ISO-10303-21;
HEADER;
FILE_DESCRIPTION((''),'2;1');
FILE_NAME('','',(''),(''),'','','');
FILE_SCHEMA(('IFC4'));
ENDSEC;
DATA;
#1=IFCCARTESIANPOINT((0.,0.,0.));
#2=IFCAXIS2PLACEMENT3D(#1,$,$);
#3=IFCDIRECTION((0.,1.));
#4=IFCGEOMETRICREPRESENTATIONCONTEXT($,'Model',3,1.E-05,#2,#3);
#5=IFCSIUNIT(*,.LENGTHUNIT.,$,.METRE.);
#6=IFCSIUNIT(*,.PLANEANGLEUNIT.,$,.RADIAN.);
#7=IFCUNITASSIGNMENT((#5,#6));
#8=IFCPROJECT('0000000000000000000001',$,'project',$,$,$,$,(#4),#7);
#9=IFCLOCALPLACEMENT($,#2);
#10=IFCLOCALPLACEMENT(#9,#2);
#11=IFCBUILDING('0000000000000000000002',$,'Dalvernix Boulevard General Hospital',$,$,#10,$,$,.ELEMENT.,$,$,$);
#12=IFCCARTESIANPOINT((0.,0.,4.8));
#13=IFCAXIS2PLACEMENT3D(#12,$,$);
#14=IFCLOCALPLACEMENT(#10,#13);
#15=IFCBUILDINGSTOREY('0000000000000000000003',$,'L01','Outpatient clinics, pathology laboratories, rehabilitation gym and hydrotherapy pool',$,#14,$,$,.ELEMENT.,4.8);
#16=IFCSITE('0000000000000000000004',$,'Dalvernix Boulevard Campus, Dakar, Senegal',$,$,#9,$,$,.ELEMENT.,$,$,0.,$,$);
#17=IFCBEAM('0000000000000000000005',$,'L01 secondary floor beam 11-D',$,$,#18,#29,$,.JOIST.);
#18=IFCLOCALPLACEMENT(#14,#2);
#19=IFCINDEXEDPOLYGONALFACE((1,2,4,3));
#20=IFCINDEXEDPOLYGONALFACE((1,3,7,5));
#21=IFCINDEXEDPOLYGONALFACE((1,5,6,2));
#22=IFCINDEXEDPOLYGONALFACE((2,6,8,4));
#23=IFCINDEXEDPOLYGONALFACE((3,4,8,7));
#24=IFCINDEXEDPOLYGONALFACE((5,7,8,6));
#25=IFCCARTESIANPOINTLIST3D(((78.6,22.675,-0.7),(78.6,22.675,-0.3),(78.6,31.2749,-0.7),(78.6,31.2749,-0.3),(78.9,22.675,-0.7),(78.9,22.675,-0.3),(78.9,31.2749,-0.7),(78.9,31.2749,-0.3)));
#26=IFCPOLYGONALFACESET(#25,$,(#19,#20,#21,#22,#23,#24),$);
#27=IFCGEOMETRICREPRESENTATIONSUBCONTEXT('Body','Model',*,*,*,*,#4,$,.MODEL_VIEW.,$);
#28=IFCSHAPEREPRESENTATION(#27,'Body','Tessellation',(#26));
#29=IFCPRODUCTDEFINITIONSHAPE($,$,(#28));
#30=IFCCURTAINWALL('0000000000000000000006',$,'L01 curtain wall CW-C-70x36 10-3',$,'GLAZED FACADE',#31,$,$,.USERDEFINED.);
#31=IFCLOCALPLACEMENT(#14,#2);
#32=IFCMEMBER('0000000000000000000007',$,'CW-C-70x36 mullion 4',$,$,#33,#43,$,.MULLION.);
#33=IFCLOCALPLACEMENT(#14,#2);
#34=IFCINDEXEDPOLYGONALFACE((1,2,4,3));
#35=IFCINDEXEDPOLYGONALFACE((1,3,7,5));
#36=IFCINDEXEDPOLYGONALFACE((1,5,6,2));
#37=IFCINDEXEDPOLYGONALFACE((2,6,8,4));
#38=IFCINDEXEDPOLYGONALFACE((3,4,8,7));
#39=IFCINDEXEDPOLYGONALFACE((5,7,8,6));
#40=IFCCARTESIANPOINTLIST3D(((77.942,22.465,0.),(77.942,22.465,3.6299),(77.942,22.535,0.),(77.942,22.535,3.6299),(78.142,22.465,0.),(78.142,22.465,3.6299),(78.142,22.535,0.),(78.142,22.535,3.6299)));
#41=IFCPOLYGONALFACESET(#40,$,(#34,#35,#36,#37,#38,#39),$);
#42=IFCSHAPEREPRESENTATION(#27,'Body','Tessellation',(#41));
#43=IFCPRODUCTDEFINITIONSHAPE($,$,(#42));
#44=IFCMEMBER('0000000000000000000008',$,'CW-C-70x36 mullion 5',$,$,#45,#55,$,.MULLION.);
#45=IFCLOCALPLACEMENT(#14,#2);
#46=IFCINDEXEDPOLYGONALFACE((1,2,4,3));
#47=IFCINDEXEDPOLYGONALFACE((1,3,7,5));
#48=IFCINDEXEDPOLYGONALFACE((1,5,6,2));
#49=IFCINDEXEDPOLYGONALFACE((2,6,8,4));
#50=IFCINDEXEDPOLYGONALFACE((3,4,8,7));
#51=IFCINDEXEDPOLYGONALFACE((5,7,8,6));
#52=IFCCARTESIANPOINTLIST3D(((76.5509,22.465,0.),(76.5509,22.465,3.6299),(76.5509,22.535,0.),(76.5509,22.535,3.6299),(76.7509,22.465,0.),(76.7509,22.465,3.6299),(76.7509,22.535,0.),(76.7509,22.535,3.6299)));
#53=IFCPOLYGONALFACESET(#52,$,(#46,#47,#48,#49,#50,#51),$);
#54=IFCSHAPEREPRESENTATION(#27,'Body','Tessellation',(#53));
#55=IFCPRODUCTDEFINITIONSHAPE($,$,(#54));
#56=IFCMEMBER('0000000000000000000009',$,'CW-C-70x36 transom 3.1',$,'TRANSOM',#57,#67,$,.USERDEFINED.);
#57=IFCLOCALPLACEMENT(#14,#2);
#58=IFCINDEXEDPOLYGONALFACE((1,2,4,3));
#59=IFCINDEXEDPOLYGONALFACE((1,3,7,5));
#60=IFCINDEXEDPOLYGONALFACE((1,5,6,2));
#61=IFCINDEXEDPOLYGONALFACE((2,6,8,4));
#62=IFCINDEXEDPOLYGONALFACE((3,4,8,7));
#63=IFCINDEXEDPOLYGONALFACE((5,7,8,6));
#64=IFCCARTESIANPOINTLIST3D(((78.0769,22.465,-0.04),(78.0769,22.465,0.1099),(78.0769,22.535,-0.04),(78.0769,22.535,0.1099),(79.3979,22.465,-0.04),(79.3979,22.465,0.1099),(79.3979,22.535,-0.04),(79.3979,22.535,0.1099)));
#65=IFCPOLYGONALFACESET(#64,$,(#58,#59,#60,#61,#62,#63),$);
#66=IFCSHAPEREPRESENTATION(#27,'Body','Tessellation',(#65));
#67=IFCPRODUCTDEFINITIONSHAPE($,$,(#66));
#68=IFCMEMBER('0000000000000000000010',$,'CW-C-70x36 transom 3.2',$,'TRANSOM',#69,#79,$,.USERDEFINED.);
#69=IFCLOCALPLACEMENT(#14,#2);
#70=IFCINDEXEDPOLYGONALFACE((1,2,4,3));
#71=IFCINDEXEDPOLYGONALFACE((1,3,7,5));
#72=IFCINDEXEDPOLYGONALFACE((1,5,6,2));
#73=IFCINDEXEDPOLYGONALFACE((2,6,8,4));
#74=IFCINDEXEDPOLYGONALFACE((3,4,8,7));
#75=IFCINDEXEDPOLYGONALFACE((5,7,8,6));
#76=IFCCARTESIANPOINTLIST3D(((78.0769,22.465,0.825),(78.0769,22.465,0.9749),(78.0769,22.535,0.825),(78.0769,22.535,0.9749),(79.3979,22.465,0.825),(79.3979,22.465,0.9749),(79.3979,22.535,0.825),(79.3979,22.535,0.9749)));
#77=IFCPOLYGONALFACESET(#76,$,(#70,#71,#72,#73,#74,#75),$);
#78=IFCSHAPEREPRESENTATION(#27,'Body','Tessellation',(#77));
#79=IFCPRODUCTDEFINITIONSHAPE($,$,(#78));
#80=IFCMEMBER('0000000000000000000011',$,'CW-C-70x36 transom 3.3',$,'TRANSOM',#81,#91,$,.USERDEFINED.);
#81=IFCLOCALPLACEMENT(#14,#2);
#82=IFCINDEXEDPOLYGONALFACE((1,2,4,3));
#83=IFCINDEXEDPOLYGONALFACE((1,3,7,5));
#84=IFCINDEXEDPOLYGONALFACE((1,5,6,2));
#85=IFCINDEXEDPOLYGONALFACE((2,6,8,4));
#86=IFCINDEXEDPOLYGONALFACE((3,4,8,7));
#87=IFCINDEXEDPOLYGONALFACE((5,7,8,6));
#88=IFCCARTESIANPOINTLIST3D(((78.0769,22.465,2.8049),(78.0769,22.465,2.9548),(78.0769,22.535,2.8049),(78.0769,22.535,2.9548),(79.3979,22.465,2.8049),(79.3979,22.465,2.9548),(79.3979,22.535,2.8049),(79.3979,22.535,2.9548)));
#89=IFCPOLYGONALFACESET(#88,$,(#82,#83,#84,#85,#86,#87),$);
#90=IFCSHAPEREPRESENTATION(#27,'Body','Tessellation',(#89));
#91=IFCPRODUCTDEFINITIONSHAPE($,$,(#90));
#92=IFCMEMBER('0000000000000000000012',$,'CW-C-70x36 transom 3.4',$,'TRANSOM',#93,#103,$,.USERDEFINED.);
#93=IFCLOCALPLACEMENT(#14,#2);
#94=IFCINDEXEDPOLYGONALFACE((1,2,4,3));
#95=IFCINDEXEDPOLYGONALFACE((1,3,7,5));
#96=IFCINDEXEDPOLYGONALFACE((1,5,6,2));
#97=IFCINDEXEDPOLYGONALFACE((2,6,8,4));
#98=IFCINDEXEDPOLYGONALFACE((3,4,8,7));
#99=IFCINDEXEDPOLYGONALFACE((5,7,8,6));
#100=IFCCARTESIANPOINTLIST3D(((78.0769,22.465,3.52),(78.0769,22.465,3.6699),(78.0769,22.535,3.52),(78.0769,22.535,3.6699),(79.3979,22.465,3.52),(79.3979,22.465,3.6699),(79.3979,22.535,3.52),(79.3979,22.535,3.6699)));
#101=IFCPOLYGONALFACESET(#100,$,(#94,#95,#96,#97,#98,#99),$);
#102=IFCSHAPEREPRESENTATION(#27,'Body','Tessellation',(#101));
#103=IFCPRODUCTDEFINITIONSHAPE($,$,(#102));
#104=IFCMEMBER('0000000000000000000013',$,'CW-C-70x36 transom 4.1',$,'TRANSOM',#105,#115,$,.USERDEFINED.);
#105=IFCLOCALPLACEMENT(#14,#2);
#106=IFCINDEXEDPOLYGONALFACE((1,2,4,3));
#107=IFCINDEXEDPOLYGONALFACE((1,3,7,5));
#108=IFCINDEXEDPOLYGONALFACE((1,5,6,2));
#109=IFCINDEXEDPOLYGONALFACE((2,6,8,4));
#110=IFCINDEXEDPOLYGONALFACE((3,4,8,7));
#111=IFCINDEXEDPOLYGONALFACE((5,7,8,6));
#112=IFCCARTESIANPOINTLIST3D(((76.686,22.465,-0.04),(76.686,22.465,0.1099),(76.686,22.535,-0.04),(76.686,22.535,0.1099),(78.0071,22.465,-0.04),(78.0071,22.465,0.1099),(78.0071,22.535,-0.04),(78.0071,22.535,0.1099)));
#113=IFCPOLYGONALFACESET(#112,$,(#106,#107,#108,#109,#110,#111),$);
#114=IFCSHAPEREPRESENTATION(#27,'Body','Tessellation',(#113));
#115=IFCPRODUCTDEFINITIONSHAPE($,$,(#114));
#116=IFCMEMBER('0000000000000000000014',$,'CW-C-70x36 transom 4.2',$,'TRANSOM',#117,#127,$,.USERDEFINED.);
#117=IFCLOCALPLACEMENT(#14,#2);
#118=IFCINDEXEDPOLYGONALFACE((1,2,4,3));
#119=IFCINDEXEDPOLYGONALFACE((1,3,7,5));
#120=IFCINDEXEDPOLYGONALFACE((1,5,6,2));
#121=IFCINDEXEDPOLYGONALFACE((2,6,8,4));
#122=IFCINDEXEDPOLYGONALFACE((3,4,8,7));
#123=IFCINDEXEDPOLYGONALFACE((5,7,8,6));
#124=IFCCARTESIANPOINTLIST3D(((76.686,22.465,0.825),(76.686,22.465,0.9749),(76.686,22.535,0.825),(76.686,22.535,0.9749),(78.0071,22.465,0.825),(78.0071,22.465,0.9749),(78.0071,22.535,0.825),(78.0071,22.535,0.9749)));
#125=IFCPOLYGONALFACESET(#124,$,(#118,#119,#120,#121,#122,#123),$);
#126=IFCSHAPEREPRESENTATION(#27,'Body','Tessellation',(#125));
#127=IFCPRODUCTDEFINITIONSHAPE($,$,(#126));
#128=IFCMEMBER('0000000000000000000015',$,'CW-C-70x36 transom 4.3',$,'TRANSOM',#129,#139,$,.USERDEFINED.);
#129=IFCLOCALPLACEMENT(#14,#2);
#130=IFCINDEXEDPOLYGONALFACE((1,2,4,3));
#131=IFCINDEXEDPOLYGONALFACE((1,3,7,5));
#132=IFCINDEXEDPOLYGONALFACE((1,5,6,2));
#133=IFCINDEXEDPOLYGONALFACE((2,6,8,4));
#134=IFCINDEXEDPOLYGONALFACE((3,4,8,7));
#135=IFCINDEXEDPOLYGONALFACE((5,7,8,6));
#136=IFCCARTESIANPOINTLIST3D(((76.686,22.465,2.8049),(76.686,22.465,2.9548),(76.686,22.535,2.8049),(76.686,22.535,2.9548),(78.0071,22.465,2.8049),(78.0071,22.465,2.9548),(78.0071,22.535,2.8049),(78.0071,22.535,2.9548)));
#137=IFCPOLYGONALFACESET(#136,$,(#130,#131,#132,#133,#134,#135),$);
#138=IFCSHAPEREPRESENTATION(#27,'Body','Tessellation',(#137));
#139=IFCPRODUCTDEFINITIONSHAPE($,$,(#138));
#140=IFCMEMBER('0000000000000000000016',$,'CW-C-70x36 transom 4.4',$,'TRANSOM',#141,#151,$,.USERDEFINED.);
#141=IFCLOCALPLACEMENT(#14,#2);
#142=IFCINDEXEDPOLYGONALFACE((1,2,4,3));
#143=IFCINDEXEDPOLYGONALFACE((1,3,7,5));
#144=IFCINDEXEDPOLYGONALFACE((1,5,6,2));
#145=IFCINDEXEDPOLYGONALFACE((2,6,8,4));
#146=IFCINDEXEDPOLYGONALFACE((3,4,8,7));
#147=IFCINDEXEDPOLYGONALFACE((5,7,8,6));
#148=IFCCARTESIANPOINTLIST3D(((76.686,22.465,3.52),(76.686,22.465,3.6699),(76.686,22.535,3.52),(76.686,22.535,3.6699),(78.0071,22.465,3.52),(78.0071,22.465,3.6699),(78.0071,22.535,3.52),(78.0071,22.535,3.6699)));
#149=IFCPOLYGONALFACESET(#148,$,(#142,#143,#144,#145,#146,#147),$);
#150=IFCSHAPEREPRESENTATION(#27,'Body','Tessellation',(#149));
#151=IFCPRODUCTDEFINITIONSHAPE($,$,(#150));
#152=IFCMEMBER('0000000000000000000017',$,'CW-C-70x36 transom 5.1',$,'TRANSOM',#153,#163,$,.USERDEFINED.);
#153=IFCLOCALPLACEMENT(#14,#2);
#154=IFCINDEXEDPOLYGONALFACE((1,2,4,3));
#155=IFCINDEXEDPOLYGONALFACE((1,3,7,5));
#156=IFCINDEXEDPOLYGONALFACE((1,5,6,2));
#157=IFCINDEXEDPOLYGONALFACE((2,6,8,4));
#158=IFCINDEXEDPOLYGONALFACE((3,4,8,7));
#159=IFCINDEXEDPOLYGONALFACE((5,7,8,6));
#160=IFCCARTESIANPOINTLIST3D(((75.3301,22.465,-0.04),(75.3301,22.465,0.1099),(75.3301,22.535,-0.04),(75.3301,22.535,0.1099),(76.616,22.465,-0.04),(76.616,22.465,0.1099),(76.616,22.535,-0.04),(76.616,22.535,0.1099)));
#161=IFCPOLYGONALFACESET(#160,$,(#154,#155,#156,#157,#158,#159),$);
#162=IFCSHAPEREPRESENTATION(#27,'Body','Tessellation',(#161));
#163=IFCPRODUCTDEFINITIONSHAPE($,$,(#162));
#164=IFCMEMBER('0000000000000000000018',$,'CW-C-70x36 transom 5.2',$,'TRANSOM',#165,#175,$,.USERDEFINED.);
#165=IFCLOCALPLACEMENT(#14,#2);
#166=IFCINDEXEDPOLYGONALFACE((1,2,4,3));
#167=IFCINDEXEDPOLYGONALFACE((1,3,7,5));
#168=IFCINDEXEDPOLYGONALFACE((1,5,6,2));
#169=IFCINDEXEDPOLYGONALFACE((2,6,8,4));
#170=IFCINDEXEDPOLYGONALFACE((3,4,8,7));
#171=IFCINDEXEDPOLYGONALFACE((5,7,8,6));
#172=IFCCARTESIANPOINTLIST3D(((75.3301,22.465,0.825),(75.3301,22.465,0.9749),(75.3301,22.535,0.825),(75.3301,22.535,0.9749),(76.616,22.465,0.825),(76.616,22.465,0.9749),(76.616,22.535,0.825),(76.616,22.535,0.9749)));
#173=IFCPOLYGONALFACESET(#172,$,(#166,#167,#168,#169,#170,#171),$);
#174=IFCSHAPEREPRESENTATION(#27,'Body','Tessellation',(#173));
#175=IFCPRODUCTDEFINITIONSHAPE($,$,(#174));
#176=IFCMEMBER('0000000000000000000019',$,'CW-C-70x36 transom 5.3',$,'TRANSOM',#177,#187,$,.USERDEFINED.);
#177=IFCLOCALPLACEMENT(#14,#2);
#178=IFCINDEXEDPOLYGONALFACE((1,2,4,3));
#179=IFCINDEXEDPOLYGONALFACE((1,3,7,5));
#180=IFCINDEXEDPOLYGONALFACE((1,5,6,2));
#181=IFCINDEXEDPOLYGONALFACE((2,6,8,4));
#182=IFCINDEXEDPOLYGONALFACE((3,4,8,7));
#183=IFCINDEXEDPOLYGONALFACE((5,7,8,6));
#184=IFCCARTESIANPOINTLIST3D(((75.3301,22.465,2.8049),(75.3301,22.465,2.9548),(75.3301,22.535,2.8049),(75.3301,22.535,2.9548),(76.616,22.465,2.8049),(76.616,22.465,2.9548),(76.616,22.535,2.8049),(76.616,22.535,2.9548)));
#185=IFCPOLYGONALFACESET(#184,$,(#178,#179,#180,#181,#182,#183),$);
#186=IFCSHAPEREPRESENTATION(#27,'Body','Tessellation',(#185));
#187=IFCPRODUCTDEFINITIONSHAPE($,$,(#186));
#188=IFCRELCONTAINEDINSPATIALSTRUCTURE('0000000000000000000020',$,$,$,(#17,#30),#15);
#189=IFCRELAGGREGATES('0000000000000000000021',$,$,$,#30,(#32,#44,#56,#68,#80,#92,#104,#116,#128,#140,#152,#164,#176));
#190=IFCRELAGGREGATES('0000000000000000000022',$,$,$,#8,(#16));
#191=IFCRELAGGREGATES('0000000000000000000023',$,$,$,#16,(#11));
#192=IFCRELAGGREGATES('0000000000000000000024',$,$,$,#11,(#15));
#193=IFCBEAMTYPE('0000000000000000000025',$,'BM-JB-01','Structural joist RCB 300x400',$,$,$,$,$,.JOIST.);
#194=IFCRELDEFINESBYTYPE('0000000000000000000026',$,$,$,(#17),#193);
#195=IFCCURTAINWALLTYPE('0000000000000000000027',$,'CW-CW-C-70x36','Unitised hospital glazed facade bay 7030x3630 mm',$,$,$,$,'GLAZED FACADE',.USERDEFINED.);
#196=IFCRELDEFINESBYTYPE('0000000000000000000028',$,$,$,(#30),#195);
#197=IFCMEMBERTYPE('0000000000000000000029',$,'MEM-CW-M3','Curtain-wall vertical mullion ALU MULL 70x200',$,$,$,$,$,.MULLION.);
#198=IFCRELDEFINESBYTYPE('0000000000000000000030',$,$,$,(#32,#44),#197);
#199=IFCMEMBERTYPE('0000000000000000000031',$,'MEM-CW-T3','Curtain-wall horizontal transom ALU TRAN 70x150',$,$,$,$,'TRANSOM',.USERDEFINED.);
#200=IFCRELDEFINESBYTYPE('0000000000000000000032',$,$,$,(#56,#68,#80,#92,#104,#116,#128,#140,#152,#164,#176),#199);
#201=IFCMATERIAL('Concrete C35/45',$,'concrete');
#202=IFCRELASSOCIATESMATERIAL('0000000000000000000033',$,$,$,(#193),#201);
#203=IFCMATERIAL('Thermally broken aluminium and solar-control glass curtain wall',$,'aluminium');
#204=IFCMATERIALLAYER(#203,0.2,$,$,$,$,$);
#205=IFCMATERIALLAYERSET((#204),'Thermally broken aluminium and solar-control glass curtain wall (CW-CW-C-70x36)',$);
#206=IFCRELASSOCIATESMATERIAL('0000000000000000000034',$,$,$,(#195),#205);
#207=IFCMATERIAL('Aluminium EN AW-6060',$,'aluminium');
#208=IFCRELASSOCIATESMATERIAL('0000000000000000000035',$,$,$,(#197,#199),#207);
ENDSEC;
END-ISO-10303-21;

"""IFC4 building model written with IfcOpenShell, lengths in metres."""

from ifc_helpers import new_model, si_unit, direction, frame, origin, origin_2d, place, context, subcontext, project, spatial, rectangle, extrude, material, layer, layer_set, material_profile, profile_set, type_object, element, aggregate, save


model = new_model("IFC4")

# Units and contexts
model_context = context("Model", 3, precision=1e-05, world=origin(), true_north=direction((0.0, 1.0)))
body_context = subcontext(model_context, "Body", "Model", "MODEL_VIEW")
ifc_project = project(units=[si_unit("LENGTHUNIT", "METRE"), si_unit("PLANEANGLEUNIT", "RADIAN")], contexts=[model_context])

# Site, building, storey
site_placement = place(None, origin())
site = spatial("IfcSite", under=ifc_project, at=site_placement, Name="Dalvernix Boulevard Campus, Dakar, Senegal", CompositionType="ELEMENT", RefElevation=0.0)
building_placement = place(site_placement, origin())
building = spatial("IfcBuilding", under=site, at=building_placement, Name="Dalvernix Boulevard General Hospital", CompositionType="ELEMENT")
storey_placement = place(building_placement, frame((0.0, 0.0, 4.8)))
storey = spatial("IfcBuildingStorey", under=building, at=storey_placement, Name="L01", Description="Outpatient clinics, pathology laboratories, rehabilitation gym and hydrotherapy pool", CompositionType="ELEMENT", Elevation=4.8)

# Beam
ifc_material_1 = material(Name="Concrete C35/45", Category="concrete")
ifc_material_profile_1 = material_profile(ifc_material_1, rectangle(XDim=0.3, YDim=0.3999, at=origin_2d()), Name="RCB 300x400")
ifc_profile_set_1 = profile_set([ifc_material_profile_1], Name="Concrete C35/45")
beam_type = type_object("IfcBeamType", Name="BM-JB-01", Description="Structural joist RCB 300x400", PredefinedType="JOIST", material=ifc_profile_set_1)
beam_placement = place(storey_placement, frame((78.75, 22.675, -0.5), z_axis=(0.0, 1.0, 0.0), x_axis=(-1.0, 0.0, 0.0)))
element("IfcBeam", 1, at=beam_placement, inside=storey, type_object=beam_type, Name="L01 secondary floor beam 11-D", PredefinedType="JOIST", context=body_context, shape_type="SweptSolid", body=[
    extrude(rectangle(XDim=0.3, YDim=0.3999, at=origin_2d()), origin(), (0.0, 0.0, 1.0), 8.5999),
])

# Curtain wall, members
ifc_material_2 = material(Name="Thermally broken aluminium and solar-control glass curtain wall", Category="aluminium")
ifc_layer_1 = layer(ifc_material_2, 0.2)
ifc_layer_set_1 = layer_set([ifc_layer_1], Name="Thermally broken aluminium and solar-control glass curtain wall (CW-CW-C-70x36)")
curtain_wall_type = type_object("IfcCurtainWallType", Name="CW-CW-C-70x36", Description="Unitised hospital glazed facade bay 7030x3630 mm", ElementType="GLAZED FACADE", PredefinedType="USERDEFINED", material=ifc_layer_set_1)
curtain_wall_placement = place(storey_placement, origin())
curtain_wall = element("IfcCurtainWall", 2, at=curtain_wall_placement, inside=storey, type_object=curtain_wall_type, Name="L01 curtain wall CW-C-70x36 10-3", ObjectType="GLAZED FACADE", PredefinedType="USERDEFINED")
ifc_material_3 = material(Name="Aluminium EN AW-6060", Category="aluminium")
ifc_material_profile_2 = material_profile(ifc_material_3, rectangle(XDim=0.0701, YDim=0.2, at=origin_2d()), Name="ALU MULL 70x200")
ifc_profile_set_2 = profile_set([ifc_material_profile_2], Name="Aluminium EN AW-6060")
member_type_1 = type_object("IfcMemberType", Name="MEM-CW-M3", Description="Curtain-wall vertical mullion ALU MULL 70x200", PredefinedType="MULLION", material=ifc_profile_set_2)
member_1_placement = place(storey_placement, frame((78.042, 22.5, 0.0), z_axis=(0.0, 0.0, 1.0), x_axis=(0.0, -1.0, 0.0)))
member_1 = element("IfcMember", 3, at=member_1_placement, type_object=member_type_1, Name="CW-C-70x36 mullion 4", PredefinedType="MULLION", context=body_context, shape_type="SweptSolid", body=[
    extrude(rectangle(XDim=0.0701, YDim=0.2, at=origin_2d()), origin(), (0.0, 0.0, 1.0), 3.6299),
])
member_2_placement = place(storey_placement, frame((76.6509, 22.5, 0.0), z_axis=(0.0, 0.0, 1.0), x_axis=(0.0, -1.0, 0.0)))
member_2 = element("IfcMember", 4, at=member_2_placement, type_object=member_type_1, Name="CW-C-70x36 mullion 5", PredefinedType="MULLION", context=body_context, shape_type="SweptSolid", body=[
    extrude(rectangle(XDim=0.0701, YDim=0.2, at=origin_2d()), origin(), (0.0, 0.0, 1.0), 3.6299),
])
ifc_material_profile_3 = material_profile(ifc_material_3, rectangle(XDim=0.0701, YDim=0.1499, at=origin_2d()), Name="ALU TRAN 70x150")
ifc_profile_set_3 = profile_set([ifc_material_profile_3], Name="Aluminium EN AW-6060")
member_type_2 = type_object("IfcMemberType", Name="MEM-CW-T3", Description="Curtain-wall horizontal transom ALU TRAN 70x150", ElementType="TRANSOM", PredefinedType="USERDEFINED", material=ifc_profile_set_3)
member_3_placement = place(storey_placement, frame((79.3979, 22.5, 0.0349), z_axis=(-1.0, 0.0, 0.0), x_axis=(0.0, -1.0, 0.0)))
member_3 = element("IfcMember", 5, at=member_3_placement, type_object=member_type_2, Name="CW-C-70x36 transom 3.1", ObjectType="TRANSOM", PredefinedType="USERDEFINED", context=body_context, shape_type="SweptSolid", body=[
    extrude(rectangle(XDim=0.0701, YDim=0.1499, at=origin_2d()), origin(), (0.0, 0.0, 1.0), 1.321),
])
member_4_placement = place(storey_placement, frame((79.3979, 22.5, 0.8999), z_axis=(-1.0, 0.0, 0.0), x_axis=(0.0, -1.0, 0.0)))
member_4 = element("IfcMember", 6, at=member_4_placement, type_object=member_type_2, Name="CW-C-70x36 transom 3.2", ObjectType="TRANSOM", PredefinedType="USERDEFINED", context=body_context, shape_type="SweptSolid", body=[
    extrude(rectangle(XDim=0.0701, YDim=0.1499, at=origin_2d()), origin(), (0.0, 0.0, 1.0), 1.321),
])
member_5_placement = place(storey_placement, frame((79.3979, 22.5, 2.8799), z_axis=(-1.0, 0.0, 0.0), x_axis=(0.0, -1.0, 0.0)))
member_5 = element("IfcMember", 7, at=member_5_placement, type_object=member_type_2, Name="CW-C-70x36 transom 3.3", ObjectType="TRANSOM", PredefinedType="USERDEFINED", context=body_context, shape_type="SweptSolid", body=[
    extrude(rectangle(XDim=0.0701, YDim=0.1499, at=origin_2d()), origin(), (0.0, 0.0, 1.0), 1.321),
])
member_6_placement = place(storey_placement, frame((79.3979, 22.5, 3.595), z_axis=(-1.0, 0.0, 0.0), x_axis=(0.0, -1.0, 0.0)))
member_6 = element("IfcMember", 8, at=member_6_placement, type_object=member_type_2, Name="CW-C-70x36 transom 3.4", ObjectType="TRANSOM", PredefinedType="USERDEFINED", context=body_context, shape_type="SweptSolid", body=[
    extrude(rectangle(XDim=0.0701, YDim=0.1499, at=origin_2d()), origin(), (0.0, 0.0, 1.0), 1.321),
])
member_7_placement = place(storey_placement, frame((78.0071, 22.5, 0.0349), z_axis=(-1.0, 0.0, 0.0), x_axis=(0.0, -1.0, 0.0)))
member_7 = element("IfcMember", 9, at=member_7_placement, type_object=member_type_2, Name="CW-C-70x36 transom 4.1", ObjectType="TRANSOM", PredefinedType="USERDEFINED", context=body_context, shape_type="SweptSolid", body=[
    extrude(rectangle(XDim=0.0701, YDim=0.1499, at=origin_2d()), origin(), (0.0, 0.0, 1.0), 1.321),
])
member_8_placement = place(storey_placement, frame((78.0071, 22.5, 0.8999), z_axis=(-1.0, 0.0, 0.0), x_axis=(0.0, -1.0, 0.0)))
member_8 = element("IfcMember", 10, at=member_8_placement, type_object=member_type_2, Name="CW-C-70x36 transom 4.2", ObjectType="TRANSOM", PredefinedType="USERDEFINED", context=body_context, shape_type="SweptSolid", body=[
    extrude(rectangle(XDim=0.0701, YDim=0.1499, at=origin_2d()), origin(), (0.0, 0.0, 1.0), 1.321),
])
member_9_placement = place(storey_placement, frame((78.0071, 22.5, 2.8799), z_axis=(-1.0, 0.0, 0.0), x_axis=(0.0, -1.0, 0.0)))
member_9 = element("IfcMember", 11, at=member_9_placement, type_object=member_type_2, Name="CW-C-70x36 transom 4.3", ObjectType="TRANSOM", PredefinedType="USERDEFINED", context=body_context, shape_type="SweptSolid", body=[
    extrude(rectangle(XDim=0.0701, YDim=0.1499, at=origin_2d()), origin(), (0.0, 0.0, 1.0), 1.321),
])
member_10_placement = place(storey_placement, frame((78.0071, 22.5, 3.595), z_axis=(-1.0, 0.0, 0.0), x_axis=(0.0, -1.0, 0.0)))
member_10 = element("IfcMember", 12, at=member_10_placement, type_object=member_type_2, Name="CW-C-70x36 transom 4.4", ObjectType="TRANSOM", PredefinedType="USERDEFINED", context=body_context, shape_type="SweptSolid", body=[
    extrude(rectangle(XDim=0.0701, YDim=0.1499, at=origin_2d()), origin(), (0.0, 0.0, 1.0), 1.321),
])
member_11_placement = place(storey_placement, frame((76.616, 22.5, 0.0349), z_axis=(-1.0, 0.0, 0.0), x_axis=(0.0, -1.0, 0.0)))
member_11 = element("IfcMember", 13, at=member_11_placement, type_object=member_type_2, Name="CW-C-70x36 transom 5.1", ObjectType="TRANSOM", PredefinedType="USERDEFINED", context=body_context, shape_type="SweptSolid", body=[
    extrude(rectangle(XDim=0.0701, YDim=0.1499, at=origin_2d()), origin(), (0.0, 0.0, 1.0), 1.2859),
])
member_12_placement = place(storey_placement, frame((76.616, 22.5, 0.8999), z_axis=(-1.0, 0.0, 0.0), x_axis=(0.0, -1.0, 0.0)))
member_12 = element("IfcMember", 14, at=member_12_placement, type_object=member_type_2, Name="CW-C-70x36 transom 5.2", ObjectType="TRANSOM", PredefinedType="USERDEFINED", context=body_context, shape_type="SweptSolid", body=[
    extrude(rectangle(XDim=0.0701, YDim=0.1499, at=origin_2d()), origin(), (0.0, 0.0, 1.0), 1.2859),
])
member_13_placement = place(storey_placement, frame((76.616, 22.5, 2.8799), z_axis=(-1.0, 0.0, 0.0), x_axis=(0.0, -1.0, 0.0)))
member_13 = element("IfcMember", 15, at=member_13_placement, type_object=member_type_2, Name="CW-C-70x36 transom 5.3", ObjectType="TRANSOM", PredefinedType="USERDEFINED", context=body_context, shape_type="SweptSolid", body=[
    extrude(rectangle(XDim=0.0701, YDim=0.1499, at=origin_2d()), origin(), (0.0, 0.0, 1.0), 1.2859),
])
aggregate(curtain_wall, [member_1, member_2, member_3, member_4, member_5, member_6, member_7, member_8, member_9, member_10, member_11, member_12, member_13])

save(model, "model.ifc")
